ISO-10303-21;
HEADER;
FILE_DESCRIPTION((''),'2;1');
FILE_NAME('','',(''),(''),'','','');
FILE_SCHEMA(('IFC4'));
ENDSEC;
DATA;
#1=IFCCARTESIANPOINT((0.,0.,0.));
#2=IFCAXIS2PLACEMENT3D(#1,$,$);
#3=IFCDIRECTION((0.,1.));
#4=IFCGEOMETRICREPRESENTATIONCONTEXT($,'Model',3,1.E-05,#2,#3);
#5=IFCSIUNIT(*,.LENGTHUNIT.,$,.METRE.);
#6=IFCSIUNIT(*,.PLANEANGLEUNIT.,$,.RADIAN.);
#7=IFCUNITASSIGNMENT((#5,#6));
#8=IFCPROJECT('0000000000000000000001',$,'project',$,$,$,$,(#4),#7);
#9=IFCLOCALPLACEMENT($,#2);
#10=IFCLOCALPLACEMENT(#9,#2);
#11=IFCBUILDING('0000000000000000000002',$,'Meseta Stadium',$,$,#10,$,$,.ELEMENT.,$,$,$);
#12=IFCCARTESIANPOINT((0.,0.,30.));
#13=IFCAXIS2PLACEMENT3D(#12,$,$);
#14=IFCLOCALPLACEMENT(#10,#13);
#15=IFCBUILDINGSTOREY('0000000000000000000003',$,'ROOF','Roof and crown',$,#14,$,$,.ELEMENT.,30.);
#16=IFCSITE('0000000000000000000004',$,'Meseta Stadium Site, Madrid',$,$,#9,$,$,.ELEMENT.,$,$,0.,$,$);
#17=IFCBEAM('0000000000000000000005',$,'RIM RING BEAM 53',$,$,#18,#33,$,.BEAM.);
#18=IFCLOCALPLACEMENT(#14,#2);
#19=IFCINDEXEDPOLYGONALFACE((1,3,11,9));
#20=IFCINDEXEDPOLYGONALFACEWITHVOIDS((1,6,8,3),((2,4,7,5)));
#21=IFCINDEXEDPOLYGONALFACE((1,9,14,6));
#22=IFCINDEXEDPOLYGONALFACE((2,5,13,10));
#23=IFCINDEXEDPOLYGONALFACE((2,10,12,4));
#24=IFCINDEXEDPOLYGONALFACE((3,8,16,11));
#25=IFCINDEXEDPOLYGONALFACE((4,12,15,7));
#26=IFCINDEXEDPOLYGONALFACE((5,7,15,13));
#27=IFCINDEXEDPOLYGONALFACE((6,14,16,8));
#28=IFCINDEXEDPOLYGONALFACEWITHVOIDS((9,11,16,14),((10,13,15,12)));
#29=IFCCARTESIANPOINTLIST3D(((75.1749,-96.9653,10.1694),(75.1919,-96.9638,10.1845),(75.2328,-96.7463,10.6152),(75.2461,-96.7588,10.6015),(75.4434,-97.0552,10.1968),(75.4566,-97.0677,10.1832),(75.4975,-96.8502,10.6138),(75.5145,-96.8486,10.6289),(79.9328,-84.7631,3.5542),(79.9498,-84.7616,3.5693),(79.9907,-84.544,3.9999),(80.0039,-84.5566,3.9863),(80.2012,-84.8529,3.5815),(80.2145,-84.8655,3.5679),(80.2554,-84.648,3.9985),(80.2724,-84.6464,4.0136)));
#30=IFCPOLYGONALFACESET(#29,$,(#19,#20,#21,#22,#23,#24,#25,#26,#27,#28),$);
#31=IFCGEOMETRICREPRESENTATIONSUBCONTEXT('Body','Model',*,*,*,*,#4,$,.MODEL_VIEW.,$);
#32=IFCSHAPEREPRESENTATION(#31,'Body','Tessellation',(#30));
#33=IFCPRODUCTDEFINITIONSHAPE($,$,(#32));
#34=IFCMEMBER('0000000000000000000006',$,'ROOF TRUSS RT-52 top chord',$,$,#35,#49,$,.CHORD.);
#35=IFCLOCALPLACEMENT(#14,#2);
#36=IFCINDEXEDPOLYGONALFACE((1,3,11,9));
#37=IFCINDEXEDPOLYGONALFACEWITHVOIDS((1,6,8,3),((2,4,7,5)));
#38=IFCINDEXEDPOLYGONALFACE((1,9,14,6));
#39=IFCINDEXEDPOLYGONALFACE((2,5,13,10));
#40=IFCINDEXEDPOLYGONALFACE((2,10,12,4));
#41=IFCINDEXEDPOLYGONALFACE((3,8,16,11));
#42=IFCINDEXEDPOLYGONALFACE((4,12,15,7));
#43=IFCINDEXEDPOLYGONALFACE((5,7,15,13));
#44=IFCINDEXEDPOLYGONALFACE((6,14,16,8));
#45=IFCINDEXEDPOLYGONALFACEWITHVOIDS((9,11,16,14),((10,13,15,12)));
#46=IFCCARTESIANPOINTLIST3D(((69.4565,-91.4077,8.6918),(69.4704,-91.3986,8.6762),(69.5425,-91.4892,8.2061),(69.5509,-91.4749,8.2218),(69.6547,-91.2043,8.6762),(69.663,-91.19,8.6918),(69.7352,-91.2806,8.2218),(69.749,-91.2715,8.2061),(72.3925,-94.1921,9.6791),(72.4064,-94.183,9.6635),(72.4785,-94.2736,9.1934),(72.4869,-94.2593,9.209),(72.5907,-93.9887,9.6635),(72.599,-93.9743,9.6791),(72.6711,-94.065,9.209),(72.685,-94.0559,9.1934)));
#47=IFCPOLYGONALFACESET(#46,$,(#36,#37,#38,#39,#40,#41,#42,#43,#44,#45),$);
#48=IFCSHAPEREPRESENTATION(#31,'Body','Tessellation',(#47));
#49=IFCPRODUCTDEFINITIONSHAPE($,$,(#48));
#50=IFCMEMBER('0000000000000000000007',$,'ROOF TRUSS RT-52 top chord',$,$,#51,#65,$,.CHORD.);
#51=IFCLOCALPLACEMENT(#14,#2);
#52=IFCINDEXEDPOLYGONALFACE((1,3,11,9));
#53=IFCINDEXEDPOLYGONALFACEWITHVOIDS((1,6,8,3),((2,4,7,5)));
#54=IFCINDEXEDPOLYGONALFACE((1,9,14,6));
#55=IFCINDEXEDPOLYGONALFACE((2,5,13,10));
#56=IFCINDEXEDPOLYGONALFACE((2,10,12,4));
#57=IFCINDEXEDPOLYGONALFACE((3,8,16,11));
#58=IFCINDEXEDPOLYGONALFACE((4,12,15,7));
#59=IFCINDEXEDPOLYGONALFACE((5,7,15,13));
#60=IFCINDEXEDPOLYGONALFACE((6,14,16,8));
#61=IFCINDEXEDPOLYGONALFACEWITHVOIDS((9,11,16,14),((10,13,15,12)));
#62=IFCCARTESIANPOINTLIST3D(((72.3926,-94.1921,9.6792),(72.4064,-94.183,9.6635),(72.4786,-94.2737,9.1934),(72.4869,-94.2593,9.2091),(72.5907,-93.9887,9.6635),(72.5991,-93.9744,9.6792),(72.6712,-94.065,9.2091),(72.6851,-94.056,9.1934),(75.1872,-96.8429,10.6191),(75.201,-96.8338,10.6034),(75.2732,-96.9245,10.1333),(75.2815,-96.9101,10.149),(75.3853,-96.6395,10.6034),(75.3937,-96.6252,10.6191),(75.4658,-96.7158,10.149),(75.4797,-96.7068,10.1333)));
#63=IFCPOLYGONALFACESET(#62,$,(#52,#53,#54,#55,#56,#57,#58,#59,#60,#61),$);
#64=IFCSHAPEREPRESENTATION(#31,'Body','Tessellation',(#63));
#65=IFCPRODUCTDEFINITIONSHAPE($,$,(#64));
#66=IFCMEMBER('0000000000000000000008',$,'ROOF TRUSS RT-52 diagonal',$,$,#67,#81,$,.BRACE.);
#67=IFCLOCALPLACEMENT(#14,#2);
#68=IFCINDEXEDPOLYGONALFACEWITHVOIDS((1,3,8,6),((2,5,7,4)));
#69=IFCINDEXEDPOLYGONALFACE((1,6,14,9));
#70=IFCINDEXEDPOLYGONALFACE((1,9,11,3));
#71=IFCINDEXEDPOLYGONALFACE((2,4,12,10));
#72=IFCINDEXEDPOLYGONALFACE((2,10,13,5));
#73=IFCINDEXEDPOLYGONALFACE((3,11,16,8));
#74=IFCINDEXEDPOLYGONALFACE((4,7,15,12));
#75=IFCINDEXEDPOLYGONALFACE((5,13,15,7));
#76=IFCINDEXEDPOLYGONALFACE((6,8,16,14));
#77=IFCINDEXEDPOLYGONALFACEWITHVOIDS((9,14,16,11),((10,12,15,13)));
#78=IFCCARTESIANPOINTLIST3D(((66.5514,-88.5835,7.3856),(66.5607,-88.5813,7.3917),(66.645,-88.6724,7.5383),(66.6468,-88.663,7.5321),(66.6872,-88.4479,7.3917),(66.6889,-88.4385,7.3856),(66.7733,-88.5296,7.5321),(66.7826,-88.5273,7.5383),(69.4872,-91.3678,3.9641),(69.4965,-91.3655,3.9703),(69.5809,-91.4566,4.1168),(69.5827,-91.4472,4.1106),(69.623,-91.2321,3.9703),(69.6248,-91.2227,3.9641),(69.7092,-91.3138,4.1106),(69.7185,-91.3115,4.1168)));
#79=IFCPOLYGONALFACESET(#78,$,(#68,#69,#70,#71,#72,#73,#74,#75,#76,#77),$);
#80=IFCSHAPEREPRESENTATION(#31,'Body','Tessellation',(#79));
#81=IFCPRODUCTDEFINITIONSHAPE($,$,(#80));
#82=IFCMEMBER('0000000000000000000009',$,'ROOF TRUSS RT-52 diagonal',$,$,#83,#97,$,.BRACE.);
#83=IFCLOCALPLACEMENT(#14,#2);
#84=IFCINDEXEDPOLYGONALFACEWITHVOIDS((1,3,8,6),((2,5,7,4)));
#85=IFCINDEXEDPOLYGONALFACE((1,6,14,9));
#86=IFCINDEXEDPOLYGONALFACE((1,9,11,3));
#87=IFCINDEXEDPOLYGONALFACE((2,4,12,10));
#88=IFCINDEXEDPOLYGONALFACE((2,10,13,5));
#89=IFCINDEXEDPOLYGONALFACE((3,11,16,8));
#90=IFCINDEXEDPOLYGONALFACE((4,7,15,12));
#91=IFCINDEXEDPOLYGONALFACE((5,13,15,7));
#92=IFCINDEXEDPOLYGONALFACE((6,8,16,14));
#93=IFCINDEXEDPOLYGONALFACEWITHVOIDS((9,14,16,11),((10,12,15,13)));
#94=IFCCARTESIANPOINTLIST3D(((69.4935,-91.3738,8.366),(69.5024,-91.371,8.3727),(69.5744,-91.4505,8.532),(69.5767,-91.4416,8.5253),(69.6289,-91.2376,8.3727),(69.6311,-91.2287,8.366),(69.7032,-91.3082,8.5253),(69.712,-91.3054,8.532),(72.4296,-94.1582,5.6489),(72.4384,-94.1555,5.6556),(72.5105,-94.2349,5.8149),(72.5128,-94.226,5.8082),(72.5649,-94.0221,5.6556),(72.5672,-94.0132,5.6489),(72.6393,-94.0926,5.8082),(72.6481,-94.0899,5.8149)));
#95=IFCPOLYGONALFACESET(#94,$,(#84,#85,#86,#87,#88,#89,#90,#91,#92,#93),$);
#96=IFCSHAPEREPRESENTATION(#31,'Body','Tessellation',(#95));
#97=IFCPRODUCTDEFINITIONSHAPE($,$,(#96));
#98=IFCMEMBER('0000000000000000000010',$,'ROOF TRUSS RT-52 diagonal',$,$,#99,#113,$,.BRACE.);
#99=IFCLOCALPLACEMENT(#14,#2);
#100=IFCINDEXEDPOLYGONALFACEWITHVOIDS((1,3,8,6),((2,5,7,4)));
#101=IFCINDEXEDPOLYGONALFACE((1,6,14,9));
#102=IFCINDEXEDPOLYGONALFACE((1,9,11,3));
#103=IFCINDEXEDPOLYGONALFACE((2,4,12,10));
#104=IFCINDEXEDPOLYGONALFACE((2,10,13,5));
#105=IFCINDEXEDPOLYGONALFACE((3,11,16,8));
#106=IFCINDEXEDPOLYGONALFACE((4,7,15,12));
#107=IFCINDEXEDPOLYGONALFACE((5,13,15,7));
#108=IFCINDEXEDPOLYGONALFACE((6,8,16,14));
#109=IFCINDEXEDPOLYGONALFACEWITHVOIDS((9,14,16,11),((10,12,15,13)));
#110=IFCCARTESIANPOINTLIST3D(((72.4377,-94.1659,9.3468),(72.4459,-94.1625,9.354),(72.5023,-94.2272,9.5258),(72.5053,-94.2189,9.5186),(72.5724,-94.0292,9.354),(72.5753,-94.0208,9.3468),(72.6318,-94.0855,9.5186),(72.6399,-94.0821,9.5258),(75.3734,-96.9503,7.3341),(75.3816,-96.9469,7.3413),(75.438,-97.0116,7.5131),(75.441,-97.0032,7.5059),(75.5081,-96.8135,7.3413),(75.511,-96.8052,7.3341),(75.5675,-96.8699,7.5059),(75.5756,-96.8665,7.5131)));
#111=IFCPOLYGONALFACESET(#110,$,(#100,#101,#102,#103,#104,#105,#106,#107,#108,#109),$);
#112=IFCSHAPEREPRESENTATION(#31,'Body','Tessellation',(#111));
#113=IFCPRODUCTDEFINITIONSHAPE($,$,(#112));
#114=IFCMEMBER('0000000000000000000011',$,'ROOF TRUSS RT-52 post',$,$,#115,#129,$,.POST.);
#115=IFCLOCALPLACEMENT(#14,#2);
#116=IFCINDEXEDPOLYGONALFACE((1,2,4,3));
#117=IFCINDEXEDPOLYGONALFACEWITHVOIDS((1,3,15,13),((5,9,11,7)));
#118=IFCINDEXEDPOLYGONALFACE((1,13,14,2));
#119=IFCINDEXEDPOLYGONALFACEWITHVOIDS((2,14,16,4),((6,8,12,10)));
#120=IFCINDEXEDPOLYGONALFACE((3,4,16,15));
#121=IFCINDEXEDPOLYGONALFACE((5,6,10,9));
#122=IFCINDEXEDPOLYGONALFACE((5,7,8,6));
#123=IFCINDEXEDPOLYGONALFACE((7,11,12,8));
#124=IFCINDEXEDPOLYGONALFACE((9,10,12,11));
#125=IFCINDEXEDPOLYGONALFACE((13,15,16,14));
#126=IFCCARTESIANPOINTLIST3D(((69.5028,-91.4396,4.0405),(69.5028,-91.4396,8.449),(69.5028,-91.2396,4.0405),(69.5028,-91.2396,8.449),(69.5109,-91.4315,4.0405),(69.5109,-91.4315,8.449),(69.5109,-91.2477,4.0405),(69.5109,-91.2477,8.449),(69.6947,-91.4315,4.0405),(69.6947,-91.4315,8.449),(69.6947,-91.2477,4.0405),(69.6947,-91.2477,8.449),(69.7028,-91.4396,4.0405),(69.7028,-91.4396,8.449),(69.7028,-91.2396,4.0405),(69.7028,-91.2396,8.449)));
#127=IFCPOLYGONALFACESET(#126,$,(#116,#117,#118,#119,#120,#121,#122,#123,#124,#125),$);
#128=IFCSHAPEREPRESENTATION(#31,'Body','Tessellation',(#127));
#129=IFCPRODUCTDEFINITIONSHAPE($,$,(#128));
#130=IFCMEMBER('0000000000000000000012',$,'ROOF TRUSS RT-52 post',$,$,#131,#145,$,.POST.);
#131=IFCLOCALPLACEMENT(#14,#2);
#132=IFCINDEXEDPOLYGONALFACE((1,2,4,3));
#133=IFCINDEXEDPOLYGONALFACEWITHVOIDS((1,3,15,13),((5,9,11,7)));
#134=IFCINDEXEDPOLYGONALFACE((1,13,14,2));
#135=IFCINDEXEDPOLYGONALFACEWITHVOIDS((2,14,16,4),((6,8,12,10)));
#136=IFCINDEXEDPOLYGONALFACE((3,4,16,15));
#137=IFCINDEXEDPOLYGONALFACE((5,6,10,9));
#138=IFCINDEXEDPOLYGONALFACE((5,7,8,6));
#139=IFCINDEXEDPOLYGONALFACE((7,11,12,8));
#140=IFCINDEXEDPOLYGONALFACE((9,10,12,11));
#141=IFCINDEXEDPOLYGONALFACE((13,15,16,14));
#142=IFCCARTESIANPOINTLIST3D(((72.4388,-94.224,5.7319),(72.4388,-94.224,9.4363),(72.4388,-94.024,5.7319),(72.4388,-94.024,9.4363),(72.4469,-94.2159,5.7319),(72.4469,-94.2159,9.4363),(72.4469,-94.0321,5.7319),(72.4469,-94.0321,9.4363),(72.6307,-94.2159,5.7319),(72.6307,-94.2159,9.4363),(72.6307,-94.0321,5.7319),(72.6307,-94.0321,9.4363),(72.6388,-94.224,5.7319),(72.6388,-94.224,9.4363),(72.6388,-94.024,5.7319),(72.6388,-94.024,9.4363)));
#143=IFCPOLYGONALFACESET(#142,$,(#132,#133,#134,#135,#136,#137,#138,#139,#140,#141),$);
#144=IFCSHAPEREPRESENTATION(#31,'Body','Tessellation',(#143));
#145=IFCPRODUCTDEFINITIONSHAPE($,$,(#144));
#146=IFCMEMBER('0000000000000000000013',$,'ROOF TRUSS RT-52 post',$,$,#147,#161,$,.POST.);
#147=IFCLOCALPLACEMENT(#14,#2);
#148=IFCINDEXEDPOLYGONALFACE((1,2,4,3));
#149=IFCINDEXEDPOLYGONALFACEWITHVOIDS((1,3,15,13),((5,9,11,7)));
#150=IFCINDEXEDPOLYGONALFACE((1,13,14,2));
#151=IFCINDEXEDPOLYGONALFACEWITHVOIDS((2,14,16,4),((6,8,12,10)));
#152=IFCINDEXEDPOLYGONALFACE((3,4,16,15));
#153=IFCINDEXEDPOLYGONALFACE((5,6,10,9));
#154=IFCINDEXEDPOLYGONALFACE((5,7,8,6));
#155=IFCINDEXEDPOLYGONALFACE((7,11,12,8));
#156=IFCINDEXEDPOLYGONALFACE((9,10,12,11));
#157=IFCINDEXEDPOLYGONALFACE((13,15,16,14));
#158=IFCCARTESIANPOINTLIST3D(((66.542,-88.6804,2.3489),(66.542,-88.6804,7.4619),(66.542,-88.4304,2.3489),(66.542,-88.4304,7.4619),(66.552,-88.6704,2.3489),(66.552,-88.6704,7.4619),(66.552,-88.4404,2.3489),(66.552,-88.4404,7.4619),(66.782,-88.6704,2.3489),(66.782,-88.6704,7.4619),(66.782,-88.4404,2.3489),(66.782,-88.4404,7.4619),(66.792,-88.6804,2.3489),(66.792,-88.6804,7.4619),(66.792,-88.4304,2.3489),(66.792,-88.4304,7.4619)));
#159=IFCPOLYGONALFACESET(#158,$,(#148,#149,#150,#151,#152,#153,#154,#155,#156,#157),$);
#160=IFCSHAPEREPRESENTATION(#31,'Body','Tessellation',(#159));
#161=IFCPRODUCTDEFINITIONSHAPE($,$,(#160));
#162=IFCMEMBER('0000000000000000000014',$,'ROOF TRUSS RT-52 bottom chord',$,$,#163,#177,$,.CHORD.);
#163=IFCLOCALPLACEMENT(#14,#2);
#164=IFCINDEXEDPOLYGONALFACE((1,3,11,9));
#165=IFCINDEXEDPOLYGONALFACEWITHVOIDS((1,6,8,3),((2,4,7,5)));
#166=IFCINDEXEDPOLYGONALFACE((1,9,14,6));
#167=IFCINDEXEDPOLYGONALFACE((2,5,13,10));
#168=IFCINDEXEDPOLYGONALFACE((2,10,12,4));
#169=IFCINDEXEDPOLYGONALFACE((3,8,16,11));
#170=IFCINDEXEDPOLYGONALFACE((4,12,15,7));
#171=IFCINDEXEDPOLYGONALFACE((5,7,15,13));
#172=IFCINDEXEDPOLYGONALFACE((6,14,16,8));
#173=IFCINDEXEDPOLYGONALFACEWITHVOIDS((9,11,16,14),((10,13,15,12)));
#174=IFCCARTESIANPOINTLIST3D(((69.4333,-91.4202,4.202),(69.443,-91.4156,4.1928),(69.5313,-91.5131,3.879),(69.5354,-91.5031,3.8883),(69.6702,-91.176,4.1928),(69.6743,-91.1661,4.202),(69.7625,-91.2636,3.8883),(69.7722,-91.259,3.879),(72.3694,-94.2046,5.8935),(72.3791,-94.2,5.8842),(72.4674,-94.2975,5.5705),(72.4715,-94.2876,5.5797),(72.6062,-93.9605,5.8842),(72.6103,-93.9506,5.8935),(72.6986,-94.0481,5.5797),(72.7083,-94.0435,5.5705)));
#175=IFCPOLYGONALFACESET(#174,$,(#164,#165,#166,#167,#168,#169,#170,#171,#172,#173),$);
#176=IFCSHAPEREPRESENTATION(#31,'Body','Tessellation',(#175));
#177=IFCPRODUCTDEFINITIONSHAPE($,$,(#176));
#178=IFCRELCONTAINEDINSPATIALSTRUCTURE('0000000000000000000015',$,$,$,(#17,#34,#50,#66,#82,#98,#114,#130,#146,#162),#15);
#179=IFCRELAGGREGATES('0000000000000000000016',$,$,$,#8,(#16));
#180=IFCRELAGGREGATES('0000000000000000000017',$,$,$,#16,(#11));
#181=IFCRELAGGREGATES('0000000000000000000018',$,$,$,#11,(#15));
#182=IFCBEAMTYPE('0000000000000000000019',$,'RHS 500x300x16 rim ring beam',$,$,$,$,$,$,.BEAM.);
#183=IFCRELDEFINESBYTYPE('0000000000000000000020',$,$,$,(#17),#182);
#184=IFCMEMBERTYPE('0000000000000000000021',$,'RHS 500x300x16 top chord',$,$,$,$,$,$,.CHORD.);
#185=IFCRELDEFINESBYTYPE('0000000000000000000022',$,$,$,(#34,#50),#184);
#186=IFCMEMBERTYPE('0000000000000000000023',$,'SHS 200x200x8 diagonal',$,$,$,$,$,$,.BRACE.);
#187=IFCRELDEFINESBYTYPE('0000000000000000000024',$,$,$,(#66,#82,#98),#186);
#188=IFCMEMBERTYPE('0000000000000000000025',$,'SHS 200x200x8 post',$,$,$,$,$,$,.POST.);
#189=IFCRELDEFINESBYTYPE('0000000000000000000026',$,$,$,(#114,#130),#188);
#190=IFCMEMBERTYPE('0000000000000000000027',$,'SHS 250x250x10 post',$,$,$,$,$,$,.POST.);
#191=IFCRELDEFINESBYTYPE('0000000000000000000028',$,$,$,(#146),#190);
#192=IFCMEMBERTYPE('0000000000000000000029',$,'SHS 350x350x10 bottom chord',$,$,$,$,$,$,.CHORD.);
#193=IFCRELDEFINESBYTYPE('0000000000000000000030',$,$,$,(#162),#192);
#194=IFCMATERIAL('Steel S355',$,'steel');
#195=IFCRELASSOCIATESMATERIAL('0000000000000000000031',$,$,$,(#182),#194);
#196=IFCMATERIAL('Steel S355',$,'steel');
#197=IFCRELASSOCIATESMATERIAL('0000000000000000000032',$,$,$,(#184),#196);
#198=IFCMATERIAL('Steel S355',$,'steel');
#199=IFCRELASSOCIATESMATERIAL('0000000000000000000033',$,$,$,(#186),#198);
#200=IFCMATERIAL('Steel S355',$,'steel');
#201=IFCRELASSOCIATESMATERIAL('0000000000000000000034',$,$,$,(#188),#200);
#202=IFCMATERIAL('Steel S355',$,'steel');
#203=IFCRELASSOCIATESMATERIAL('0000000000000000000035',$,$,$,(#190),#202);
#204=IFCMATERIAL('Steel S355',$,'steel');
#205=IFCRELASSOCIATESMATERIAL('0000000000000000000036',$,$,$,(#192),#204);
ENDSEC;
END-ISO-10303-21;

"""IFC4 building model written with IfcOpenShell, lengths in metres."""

from ifc_helpers import new_model, si_unit, direction, frame, origin, origin_2d, place, context, subcontext, project, spatial, hollow_rectangle, extrude, material, material_profile, profile_set, type_object, element, save


model = new_model("IFC4")

# Units and contexts
model_context = context("Model", 3, precision=1e-05, world=origin(), true_north=direction((0.0, 1.0)))
body_context = subcontext(model_context, "Body", "Model", "MODEL_VIEW")
ifc_project = project(units=[si_unit("LENGTHUNIT", "METRE"), si_unit("PLANEANGLEUNIT", "RADIAN")], contexts=[model_context])

# Site, building, storey
site_placement = place(None, origin())
site = spatial("IfcSite", under=ifc_project, at=site_placement, Name="Meseta Stadium Site, Madrid", CompositionType="ELEMENT", RefElevation=0.0)
building_placement = place(site_placement, origin())
building = spatial("IfcBuilding", under=site, at=building_placement, Name="Meseta Stadium", CompositionType="ELEMENT")
storey_placement = place(building_placement, frame((0.0, 0.0, 30.0)))
storey = spatial("IfcBuildingStorey", under=building, at=storey_placement, Name="ROOF", Description="Roof and crown", CompositionType="ELEMENT", Elevation=30.0)

# Beam
ifc_material_1 = material(Name="Steel S355", Category="steel")
ifc_material_profile_1 = material_profile(ifc_material_1, hollow_rectangle(XDim=0.3, YDim=0.5, WallThickness=0.0161, at=origin_2d()), Name="RHS 500x300x16")
ifc_profile_set_1 = profile_set([ifc_material_profile_1], Name="Steel S355")
beam_type = type_object("IfcBeamType", Name="RHS 500x300x16 rim ring beam", PredefinedType="BEAM", material=ifc_profile_set_1)
beam_placement = place(storey_placement, frame((75.3447, -96.907, 10.3992), z_axis=(0.324261, 0.831618, -0.450851), x_axis=(-0.938857, 0.341248, -0.045795)))
element("IfcBeam", 1, at=beam_placement, inside=storey, type_object=beam_type, Name="RIM RING BEAM 53", PredefinedType="BEAM", context=body_context, shape_type="SweptSolid", body=[
    extrude(hollow_rectangle(XDim=0.3, YDim=0.5, WallThickness=0.0161, at=origin_2d()), origin(), (0.0, 0.0, 1.0), 14.6729),
])

# Members
ifc_material_2 = material(Name="Steel S355", Category="steel")
ifc_material_profile_2 = material_profile(ifc_material_2, hollow_rectangle(XDim=0.3, YDim=0.5, WallThickness=0.0161, at=origin_2d()), Name="RHS 500x300x16")
ifc_profile_set_2 = profile_set([ifc_material_profile_2], Name="Steel S355")
member_type_1 = type_object("IfcMemberType", Name="RHS 500x300x16 top chord", PredefinedType="CHORD", material=ifc_profile_set_2)
member_1_placement = place(storey_placement, frame((69.6028, -91.3396, 8.449), z_axis=(0.704913, -0.668512, 0.237042), x_axis=(0.688124, 0.725593, 0.0)))
element("IfcMember", 2, at=member_1_placement, inside=storey, type_object=member_type_1, Name="ROOF TRUSS RT-52 top chord", PredefinedType="CHORD", context=body_context, shape_type="SweptSolid", body=[
    extrude(hollow_rectangle(XDim=0.3, YDim=0.5, WallThickness=0.0161, at=origin_2d()), origin(), (0.0, 0.0, 1.0), 4.165),
])
member_2_placement = place(storey_placement, frame((72.5388, -94.124, 9.4363), z_axis=(0.704845, -0.668577, 0.237062), x_axis=(0.688195, 0.725526, 0.0)))
element("IfcMember", 3, at=member_2_placement, inside=storey, type_object=member_type_1, Name="ROOF TRUSS RT-52 top chord", PredefinedType="CHORD", context=body_context, shape_type="SweptSolid", body=[
    extrude(hollow_rectangle(XDim=0.3, YDim=0.5, WallThickness=0.0161, at=origin_2d()), origin(), (0.0, 0.0, 1.0), 3.9648),
])
ifc_material_3 = material(Name="Steel S355", Category="steel")
ifc_material_profile_3 = material_profile(ifc_material_3, hollow_rectangle(XDim=0.2, YDim=0.2, WallThickness=0.0081, at=origin_2d()), Name="SHS 200x200x8")
ifc_profile_set_3 = profile_set([ifc_material_profile_3], Name="Steel S355")
member_type_2 = type_object("IfcMemberType", Name="SHS 200x200x8 diagonal", PredefinedType="BRACE", material=ifc_profile_set_3)
member_3_placement = place(storey_placement, frame((66.667, -88.5554, 7.4619), z_axis=(0.554057, -0.525444, -0.645701), x_axis=(0.688123, 0.725594, 0.0)))
element("IfcMember", 4, at=member_3_placement, inside=storey, type_object=member_type_2, Name="ROOF TRUSS RT-52 diagonal", PredefinedType="BRACE", context=body_context, shape_type="SweptSolid", body=[
    extrude(hollow_rectangle(XDim=0.2, YDim=0.2, WallThickness=0.0081, at=origin_2d()), origin(), (0.0, 0.0, 1.0), 5.2988),
])
member_4_placement = place(storey_placement, frame((69.6028, -91.3396, 8.449), z_axis=(0.60239, -0.571284, -0.557459), x_axis=(0.688124, 0.725593, 0.0)))
element("IfcMember", 5, at=member_4_placement, inside=storey, type_object=member_type_2, Name="ROOF TRUSS RT-52 diagonal", PredefinedType="BRACE", context=body_context, shape_type="SweptSolid", body=[
    extrude(hollow_rectangle(XDim=0.2, YDim=0.2, WallThickness=0.0081, at=origin_2d()), origin(), (0.0, 0.0, 1.0), 4.874),
])
member_5_placement = place(storey_placement, frame((72.5388, -94.124, 9.4363), z_axis=(0.649632, -0.616137, -0.445369), x_axis=(0.688155, 0.725564, 0.0)))
element("IfcMember", 6, at=member_5_placement, inside=storey, type_object=member_type_2, Name="ROOF TRUSS RT-52 diagonal", PredefinedType="BRACE", context=body_context, shape_type="SweptSolid", body=[
    extrude(hollow_rectangle(XDim=0.2, YDim=0.2, WallThickness=0.0081, at=origin_2d()), origin(), (0.0, 0.0, 1.0), 4.519),
])
ifc_material_4 = material(Name="Steel S355", Category="steel")
ifc_material_profile_4 = material_profile(ifc_material_4, hollow_rectangle(XDim=0.2, YDim=0.2, WallThickness=0.0081, at=origin_2d()), Name="SHS 200x200x8")
ifc_profile_set_4 = profile_set([ifc_material_profile_4], Name="Steel S355")
member_type_3 = type_object("IfcMemberType", Name="SHS 200x200x8 post", PredefinedType="POST", material=ifc_profile_set_4)
member_6_placement = place(storey_placement, frame((69.6028, -91.3396, 4.0405), z_axis=(0.0, 0.0, 1.0), x_axis=(1.0, 0.0, 0.0)))
element("IfcMember", 7, at=member_6_placement, inside=storey, type_object=member_type_3, Name="ROOF TRUSS RT-52 post", PredefinedType="POST", context=body_context, shape_type="SweptSolid", body=[
    extrude(hollow_rectangle(XDim=0.2, YDim=0.2, WallThickness=0.0081, at=origin_2d()), origin(), (0.0, 0.0, 1.0), 4.4084),
])
member_7_placement = place(storey_placement, frame((72.5388, -94.124, 5.7319), z_axis=(0.0, 0.0, 1.0), x_axis=(1.0, 0.0, 0.0)))
element("IfcMember", 8, at=member_7_placement, inside=storey, type_object=member_type_3, Name="ROOF TRUSS RT-52 post", PredefinedType="POST", context=body_context, shape_type="SweptSolid", body=[
    extrude(hollow_rectangle(XDim=0.2, YDim=0.2, WallThickness=0.0081, at=origin_2d()), origin(), (0.0, 0.0, 1.0), 3.7043),
])
ifc_material_5 = material(Name="Steel S355", Category="steel")
ifc_material_profile_5 = material_profile(ifc_material_5, hollow_rectangle(XDim=0.25, YDim=0.25, WallThickness=0.01, at=origin_2d()), Name="SHS 250x250x10")
ifc_profile_set_5 = profile_set([ifc_material_profile_5], Name="Steel S355")
member_type_4 = type_object("IfcMemberType", Name="SHS 250x250x10 post", PredefinedType="POST", material=ifc_profile_set_5)
member_8_placement = place(storey_placement, frame((66.667, -88.5554, 2.3489), z_axis=(0.0, 0.0, 1.0), x_axis=(1.0, 0.0, 0.0)))
element("IfcMember", 9, at=member_8_placement, inside=storey, type_object=member_type_4, Name="ROOF TRUSS RT-52 post", PredefinedType="POST", context=body_context, shape_type="SweptSolid", body=[
    extrude(hollow_rectangle(XDim=0.25, YDim=0.25, WallThickness=0.01, at=origin_2d()), origin(), (0.0, 0.0, 1.0), 5.113),
])
ifc_material_6 = material(Name="Steel S355", Category="steel")
ifc_material_profile_6 = material_profile(ifc_material_6, hollow_rectangle(XDim=0.3501, YDim=0.3501, WallThickness=0.01, at=origin_2d()), Name="SHS 350x350x10")
ifc_profile_set_6 = profile_set([ifc_material_profile_6], Name="Steel S355")
member_type_5 = type_object("IfcMemberType", Name="SHS 350x350x10 bottom chord", PredefinedType="CHORD", material=ifc_profile_set_6)
member_9_placement = place(storey_placement, frame((69.6028, -91.3396, 4.0405), z_axis=(0.66946, -0.63489, 0.385666), x_axis=(0.688124, 0.725593, 0.0)))
element("IfcMember", 10, at=member_9_placement, inside=storey, type_object=member_type_5, Name="ROOF TRUSS RT-52 bottom chord", PredefinedType="CHORD", context=body_context, shape_type="SweptSolid", body=[
    extrude(hollow_rectangle(XDim=0.3501, YDim=0.3501, WallThickness=0.01, at=origin_2d()), origin(), (0.0, 0.0, 1.0), 4.3857),
])

save(model, "model.ifc")
